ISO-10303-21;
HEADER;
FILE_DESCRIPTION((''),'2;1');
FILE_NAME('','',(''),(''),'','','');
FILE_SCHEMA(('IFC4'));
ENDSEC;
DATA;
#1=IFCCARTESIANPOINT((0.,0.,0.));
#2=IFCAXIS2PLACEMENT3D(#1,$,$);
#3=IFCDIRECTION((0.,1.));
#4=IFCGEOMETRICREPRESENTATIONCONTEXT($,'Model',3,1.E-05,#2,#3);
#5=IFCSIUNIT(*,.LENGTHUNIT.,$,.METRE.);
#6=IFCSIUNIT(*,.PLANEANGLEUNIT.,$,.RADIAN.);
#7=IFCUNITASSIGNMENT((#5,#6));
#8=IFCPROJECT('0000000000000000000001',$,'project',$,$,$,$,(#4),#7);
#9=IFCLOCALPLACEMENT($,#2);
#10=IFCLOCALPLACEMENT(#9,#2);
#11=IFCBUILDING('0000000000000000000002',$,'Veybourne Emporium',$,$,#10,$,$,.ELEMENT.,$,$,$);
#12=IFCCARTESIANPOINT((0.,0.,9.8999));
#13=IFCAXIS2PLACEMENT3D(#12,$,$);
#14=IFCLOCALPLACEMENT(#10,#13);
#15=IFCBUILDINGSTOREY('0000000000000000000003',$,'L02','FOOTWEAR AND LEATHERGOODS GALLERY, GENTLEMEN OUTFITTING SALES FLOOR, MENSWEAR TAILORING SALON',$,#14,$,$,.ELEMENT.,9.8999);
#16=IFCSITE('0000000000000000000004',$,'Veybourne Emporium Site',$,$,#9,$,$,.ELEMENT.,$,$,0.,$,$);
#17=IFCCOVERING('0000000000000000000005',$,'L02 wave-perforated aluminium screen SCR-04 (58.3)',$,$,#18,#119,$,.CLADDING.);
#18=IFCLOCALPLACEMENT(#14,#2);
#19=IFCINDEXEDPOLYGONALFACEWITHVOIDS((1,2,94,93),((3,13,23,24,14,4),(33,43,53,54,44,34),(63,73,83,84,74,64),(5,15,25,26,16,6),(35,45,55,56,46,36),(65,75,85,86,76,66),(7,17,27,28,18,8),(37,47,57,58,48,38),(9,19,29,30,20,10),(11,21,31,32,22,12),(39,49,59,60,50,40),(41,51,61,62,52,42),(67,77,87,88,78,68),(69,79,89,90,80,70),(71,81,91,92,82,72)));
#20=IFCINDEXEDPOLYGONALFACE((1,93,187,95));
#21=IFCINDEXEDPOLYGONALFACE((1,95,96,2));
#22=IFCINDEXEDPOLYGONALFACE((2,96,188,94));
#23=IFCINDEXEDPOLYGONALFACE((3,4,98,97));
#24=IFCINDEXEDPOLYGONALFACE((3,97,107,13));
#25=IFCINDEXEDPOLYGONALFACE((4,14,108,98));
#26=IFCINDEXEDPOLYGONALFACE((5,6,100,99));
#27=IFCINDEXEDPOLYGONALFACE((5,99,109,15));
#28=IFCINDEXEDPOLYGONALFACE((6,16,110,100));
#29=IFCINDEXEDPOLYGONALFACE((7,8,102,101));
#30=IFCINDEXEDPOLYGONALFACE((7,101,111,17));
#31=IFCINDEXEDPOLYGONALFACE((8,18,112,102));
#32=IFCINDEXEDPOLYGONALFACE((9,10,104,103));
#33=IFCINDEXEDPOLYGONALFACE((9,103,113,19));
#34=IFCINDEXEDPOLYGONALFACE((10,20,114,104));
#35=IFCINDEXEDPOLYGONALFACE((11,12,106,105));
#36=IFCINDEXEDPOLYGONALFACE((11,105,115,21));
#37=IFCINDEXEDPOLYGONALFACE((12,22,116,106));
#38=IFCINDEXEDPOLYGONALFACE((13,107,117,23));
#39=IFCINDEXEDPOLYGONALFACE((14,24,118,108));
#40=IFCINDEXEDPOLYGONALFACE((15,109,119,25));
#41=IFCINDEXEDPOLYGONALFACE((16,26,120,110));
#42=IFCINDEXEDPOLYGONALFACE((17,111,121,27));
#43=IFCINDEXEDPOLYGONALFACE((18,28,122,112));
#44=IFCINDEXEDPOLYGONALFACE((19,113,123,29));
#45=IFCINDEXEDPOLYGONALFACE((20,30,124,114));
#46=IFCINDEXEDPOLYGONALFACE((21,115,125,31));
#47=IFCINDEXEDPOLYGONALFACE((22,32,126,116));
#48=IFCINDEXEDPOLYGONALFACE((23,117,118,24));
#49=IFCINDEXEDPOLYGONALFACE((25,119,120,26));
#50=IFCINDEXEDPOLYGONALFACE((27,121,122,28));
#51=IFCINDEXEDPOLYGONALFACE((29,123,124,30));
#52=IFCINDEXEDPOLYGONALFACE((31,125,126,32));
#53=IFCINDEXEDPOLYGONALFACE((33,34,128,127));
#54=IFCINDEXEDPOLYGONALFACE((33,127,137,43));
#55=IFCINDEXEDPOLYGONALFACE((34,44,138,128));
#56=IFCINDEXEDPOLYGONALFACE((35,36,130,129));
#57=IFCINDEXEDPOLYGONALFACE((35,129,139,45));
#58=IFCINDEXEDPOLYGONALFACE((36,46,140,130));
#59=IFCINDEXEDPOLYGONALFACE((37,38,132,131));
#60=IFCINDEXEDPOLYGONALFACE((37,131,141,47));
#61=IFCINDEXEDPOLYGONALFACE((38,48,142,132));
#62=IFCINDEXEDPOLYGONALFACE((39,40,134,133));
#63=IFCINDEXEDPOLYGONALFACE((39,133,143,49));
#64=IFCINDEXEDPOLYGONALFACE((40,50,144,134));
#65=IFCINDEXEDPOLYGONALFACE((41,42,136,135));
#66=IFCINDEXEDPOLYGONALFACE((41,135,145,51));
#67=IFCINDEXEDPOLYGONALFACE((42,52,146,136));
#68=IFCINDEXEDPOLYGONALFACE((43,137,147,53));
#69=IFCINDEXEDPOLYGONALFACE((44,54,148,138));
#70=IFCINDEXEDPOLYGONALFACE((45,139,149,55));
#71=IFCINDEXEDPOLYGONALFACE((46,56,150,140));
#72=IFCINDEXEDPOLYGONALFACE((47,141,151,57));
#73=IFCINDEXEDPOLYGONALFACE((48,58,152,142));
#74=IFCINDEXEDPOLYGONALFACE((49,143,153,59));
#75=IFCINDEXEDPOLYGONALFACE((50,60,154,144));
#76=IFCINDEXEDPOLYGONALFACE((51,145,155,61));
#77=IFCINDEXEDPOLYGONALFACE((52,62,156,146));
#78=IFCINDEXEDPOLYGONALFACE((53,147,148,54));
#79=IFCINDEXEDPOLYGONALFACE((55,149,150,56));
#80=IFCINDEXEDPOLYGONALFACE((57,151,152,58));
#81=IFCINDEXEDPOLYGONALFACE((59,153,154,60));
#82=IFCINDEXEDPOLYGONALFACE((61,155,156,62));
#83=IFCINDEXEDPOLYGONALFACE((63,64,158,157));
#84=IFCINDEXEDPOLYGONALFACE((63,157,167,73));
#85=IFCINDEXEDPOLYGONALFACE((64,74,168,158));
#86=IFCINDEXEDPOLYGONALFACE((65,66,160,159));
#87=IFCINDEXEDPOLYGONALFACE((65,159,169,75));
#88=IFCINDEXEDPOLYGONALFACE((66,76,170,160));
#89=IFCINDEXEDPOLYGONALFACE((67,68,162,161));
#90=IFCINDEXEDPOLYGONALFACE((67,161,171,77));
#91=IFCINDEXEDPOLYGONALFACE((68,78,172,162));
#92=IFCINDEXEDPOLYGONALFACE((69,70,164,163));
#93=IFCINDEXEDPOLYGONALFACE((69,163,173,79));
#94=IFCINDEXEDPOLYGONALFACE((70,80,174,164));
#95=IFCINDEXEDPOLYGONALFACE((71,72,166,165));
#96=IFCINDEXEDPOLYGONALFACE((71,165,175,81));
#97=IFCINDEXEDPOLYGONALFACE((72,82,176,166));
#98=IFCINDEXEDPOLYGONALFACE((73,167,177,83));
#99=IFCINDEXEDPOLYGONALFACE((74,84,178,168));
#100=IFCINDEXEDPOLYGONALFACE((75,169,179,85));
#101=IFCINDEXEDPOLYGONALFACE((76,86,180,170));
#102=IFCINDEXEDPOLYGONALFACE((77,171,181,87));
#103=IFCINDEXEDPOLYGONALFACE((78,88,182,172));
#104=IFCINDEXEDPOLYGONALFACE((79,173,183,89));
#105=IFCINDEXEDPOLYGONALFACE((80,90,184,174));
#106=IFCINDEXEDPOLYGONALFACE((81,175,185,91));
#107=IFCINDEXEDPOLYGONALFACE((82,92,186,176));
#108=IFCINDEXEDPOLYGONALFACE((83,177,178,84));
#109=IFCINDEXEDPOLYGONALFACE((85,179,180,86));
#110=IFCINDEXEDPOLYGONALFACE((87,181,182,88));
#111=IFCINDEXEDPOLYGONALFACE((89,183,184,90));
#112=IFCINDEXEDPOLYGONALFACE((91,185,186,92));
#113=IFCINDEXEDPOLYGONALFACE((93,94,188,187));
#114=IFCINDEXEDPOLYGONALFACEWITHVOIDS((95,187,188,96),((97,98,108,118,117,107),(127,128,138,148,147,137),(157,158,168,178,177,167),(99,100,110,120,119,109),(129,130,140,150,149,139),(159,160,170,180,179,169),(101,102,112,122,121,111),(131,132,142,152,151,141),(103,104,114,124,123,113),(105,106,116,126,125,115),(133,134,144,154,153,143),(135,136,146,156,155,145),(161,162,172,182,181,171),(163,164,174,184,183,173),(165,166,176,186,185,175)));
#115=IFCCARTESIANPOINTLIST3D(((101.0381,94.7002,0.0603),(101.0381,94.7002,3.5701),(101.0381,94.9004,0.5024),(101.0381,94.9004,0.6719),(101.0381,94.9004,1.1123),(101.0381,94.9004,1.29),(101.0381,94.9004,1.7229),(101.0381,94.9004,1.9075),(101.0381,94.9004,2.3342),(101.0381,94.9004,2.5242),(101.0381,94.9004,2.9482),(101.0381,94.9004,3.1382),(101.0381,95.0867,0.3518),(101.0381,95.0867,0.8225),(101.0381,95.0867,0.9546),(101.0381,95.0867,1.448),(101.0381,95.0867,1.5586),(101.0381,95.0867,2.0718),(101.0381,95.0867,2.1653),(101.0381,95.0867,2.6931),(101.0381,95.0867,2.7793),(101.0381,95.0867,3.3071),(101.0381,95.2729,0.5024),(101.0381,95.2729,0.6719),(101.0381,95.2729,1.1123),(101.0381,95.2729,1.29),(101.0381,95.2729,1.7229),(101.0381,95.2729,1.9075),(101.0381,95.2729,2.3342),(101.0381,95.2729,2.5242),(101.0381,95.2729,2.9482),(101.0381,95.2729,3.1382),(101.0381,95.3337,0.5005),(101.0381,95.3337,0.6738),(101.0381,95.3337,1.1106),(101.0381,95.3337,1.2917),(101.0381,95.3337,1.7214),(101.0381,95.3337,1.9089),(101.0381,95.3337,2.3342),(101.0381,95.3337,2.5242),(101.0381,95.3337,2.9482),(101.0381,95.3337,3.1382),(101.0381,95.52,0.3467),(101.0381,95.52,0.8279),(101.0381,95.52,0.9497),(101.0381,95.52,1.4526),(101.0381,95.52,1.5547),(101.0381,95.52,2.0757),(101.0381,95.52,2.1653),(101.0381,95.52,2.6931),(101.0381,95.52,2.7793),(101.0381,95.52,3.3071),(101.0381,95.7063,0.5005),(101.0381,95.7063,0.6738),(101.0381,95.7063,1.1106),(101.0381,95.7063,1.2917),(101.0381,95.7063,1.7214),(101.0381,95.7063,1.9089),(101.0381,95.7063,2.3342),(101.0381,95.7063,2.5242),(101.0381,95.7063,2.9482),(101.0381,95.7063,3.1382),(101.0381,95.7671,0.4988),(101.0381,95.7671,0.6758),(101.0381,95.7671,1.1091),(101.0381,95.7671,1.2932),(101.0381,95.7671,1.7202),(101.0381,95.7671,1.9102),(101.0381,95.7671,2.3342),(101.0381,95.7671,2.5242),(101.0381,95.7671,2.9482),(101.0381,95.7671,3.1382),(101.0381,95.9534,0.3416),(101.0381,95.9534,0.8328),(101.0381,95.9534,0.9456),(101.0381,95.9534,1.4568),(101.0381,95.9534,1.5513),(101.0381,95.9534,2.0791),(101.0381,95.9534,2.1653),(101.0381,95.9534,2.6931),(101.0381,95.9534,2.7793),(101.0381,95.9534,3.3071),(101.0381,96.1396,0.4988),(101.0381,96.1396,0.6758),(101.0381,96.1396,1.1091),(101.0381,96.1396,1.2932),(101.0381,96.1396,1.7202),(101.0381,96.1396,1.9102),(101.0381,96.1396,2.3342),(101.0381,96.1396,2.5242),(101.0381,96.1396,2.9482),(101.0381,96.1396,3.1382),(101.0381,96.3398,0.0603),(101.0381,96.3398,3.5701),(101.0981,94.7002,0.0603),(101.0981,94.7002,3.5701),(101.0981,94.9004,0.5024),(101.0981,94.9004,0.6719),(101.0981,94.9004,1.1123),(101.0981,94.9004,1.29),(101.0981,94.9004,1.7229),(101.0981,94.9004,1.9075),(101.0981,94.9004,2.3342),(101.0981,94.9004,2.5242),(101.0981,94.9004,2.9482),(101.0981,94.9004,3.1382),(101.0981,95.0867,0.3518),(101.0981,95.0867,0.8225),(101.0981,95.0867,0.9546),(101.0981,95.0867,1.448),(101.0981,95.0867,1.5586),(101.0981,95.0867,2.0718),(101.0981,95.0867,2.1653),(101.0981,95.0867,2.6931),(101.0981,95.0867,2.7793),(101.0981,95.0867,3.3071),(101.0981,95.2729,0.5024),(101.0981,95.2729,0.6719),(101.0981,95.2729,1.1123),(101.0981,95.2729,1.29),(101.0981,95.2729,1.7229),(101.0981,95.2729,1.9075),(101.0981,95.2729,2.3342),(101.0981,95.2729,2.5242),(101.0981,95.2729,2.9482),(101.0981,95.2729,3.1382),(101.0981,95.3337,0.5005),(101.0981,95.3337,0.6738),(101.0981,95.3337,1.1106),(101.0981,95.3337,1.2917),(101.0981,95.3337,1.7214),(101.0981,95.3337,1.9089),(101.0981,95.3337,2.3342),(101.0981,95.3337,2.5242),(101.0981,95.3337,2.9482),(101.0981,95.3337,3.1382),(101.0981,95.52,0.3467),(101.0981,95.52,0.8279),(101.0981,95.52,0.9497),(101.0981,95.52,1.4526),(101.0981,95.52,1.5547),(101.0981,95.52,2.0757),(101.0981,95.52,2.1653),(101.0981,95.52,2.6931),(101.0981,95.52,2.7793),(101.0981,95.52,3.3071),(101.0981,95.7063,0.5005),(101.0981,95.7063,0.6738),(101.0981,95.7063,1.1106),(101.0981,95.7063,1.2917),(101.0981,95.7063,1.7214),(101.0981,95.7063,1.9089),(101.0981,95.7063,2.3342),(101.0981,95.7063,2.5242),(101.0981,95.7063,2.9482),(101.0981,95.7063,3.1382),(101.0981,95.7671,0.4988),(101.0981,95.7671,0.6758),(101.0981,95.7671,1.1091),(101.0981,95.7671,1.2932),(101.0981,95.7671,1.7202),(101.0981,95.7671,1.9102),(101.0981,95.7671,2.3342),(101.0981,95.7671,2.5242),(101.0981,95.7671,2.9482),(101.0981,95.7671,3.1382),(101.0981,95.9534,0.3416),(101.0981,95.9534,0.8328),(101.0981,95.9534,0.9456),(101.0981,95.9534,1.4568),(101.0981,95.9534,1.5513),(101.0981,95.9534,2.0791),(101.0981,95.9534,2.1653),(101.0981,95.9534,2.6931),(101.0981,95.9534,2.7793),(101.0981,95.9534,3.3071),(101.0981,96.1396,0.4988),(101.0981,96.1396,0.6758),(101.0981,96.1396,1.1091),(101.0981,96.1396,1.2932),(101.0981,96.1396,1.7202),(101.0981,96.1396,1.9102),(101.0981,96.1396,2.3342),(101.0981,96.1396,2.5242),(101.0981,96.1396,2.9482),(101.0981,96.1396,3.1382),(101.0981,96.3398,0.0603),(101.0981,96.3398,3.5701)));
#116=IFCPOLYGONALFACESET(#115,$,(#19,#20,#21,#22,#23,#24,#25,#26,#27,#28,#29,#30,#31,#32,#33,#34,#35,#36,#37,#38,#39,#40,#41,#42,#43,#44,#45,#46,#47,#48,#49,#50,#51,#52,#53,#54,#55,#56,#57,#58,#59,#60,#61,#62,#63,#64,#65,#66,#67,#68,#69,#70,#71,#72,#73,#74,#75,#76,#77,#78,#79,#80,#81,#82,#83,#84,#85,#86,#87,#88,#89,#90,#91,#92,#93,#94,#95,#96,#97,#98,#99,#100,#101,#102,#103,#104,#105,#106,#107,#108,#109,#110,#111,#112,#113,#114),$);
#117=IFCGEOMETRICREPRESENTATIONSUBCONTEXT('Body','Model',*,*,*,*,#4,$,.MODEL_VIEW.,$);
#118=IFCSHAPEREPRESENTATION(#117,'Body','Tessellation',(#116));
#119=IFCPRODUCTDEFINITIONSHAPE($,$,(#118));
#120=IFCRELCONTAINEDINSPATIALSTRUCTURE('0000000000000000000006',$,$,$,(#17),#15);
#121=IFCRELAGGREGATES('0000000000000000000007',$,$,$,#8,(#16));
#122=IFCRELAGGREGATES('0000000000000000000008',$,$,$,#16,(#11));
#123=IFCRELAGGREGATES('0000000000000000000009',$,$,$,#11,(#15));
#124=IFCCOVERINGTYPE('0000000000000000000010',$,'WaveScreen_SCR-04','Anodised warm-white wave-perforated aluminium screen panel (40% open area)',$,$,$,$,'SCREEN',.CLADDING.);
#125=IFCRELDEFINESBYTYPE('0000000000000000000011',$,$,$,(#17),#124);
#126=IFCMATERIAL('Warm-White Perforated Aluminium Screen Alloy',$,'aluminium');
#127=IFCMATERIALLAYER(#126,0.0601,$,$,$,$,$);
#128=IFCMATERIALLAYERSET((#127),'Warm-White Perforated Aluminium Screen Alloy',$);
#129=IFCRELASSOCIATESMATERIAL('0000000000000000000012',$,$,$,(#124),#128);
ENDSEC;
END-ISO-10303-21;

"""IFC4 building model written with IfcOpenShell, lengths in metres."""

from ifc_helpers import new_model, si_unit, direction, frame, origin, place, context, subcontext, project, spatial, polyline, outline, extrude, material, layer, layer_set, type_object, element, save


model = new_model("IFC4")

# Units and contexts
model_context = context("Model", 3, precision=1e-05, world=origin(), true_north=direction((0.0, 1.0)))
body_context = subcontext(model_context, "Body", "Model", "MODEL_VIEW")
ifc_project = project(units=[si_unit("LENGTHUNIT", "METRE"), si_unit("PLANEANGLEUNIT", "RADIAN")], contexts=[model_context])

# Site, building, storey
site_placement = place(None, origin())
site = spatial("IfcSite", under=ifc_project, at=site_placement, Name="Veybourne Emporium Site", CompositionType="ELEMENT", RefElevation=0.0)
building_placement = place(site_placement, origin())
building = spatial("IfcBuilding", under=site, at=building_placement, Name="Veybourne Emporium", CompositionType="ELEMENT")
storey_placement = place(building_placement, frame((0.0, 0.0, 9.8999)))
storey = spatial("IfcBuildingStorey", under=building, at=storey_placement, Name="L02", Description="FOOTWEAR AND LEATHERGOODS GALLERY, GENTLEMEN OUTFITTING SALES FLOOR, MENSWEAR TAILORING SALON", CompositionType="ELEMENT", Elevation=9.8999)

# Covering
ifc_material_1 = material(Name="Warm-White Perforated Aluminium Screen Alloy", Category="aluminium")
ifc_layer_1 = layer(ifc_material_1, 0.0601)
ifc_layer_set_1 = layer_set([ifc_layer_1], Name="Warm-White Perforated Aluminium Screen Alloy")
covering_type_1 = type_object("IfcCoveringType", Name="WaveScreen_SCR-04", Description="Anodised warm-white wave-perforated aluminium screen panel (40% open area)", ElementType="SCREEN", PredefinedType="CLADDING", material=ifc_layer_set_1)
covering_1_placement = place(storey_placement, frame((101.0981, 95.52, 1.8152), z_axis=(-1.0, 0.0, 0.0), x_axis=(0.0, -1.0, 0.0)))
element("IfcCovering", 1, at=covering_1_placement, inside=storey, type_object=covering_type_1, Name="L02 wave-perforated aluminium screen SCR-04 (58.3)", PredefinedType="CLADDING", context=body_context, shape_type="SweptSolid", body=[
    extrude(outline(polyline([(-0.8198, -1.7549), (0.8198, -1.7549), (0.8198, 1.7549), (-0.8198, 1.7549), (-0.8198, -1.7549)]), holes=[polyline([(-0.4333, -0.9824), (-0.2471, -1.1394), (-0.2471, -1.3164), (-0.4333, -1.4736), (-0.6196, -1.3164), (-0.6196, -1.1394), (-0.4333, -0.9824)]), polyline([(-0.4333, -0.3584), (-0.2471, -0.522), (-0.2471, -0.7061), (-0.4333, -0.8696), (-0.6196, -0.7061), (-0.6196, -0.522), (-0.4333, -0.3584)]), polyline([(-0.4333, 0.2639), (-0.2471, 0.095), (-0.2471, -0.095), (-0.4333, -0.2639), (-0.6196, -0.095), (-0.6196, 0.095), (-0.4333, 0.2639)]), polyline([(-0.4333, 0.8779), (-0.2471, 0.709), (-0.2471, 0.519), (-0.4333, 0.3501), (-0.6196, 0.519), (-0.6196, 0.709), (-0.4333, 0.8779)]), polyline([(-0.4333, 1.4919), (-0.2471, 1.323), (-0.2471, 1.1331), (-0.4333, 0.9641), (-0.6196, 1.1331), (-0.6196, 1.323), (-0.4333, 1.4919)]), polyline([(0.0, -0.9873), (0.1863, -1.1414), (0.1863, -1.3147), (0.0, -1.4685), (-0.1863, -1.3147), (-0.1863, -1.1414), (0.0, -0.9873)]), polyline([(0.0, -0.3625), (0.1863, -0.5234), (0.1863, -0.7046), (0.0, -0.8655), (-0.1863, -0.7046), (-0.1863, -0.5234), (0.0, -0.3625)]), polyline([(0.0, 0.2605), (0.1863, 0.0938), (0.1863, -0.0938), (0.0, -0.2605), (-0.1863, -0.0938), (-0.1863, 0.0938), (0.0, 0.2605)]), polyline([(0.0, 0.8779), (0.1863, 0.709), (0.1863, 0.519), (0.0, 0.3501), (-0.1863, 0.519), (-0.1863, 0.709), (0.0, 0.8779)]), polyline([(0.0, 1.4919), (0.1863, 1.323), (0.1863, 1.1331), (0.0, 0.9641), (-0.1863, 1.1331), (-0.1863, 1.323), (0.0, 1.4919)]), polyline([(0.4333, -0.9927), (0.6196, -1.1433), (0.6196, -1.3127), (0.4333, -1.4634), (0.2471, -1.3127), (0.2471, -1.1433), (0.4333, -0.9927)]), polyline([(0.4333, -0.3672), (0.6196, -0.5251), (0.6196, -0.7029), (0.4333, -0.8606), (0.2471, -0.7029), (0.2471, -0.5251), (0.4333, -0.3672)]), polyline([(0.4333, 0.2566), (0.6196, 0.0923), (0.6196, -0.0923), (0.4333, -0.2566), (0.2471, -0.0923), (0.2471, 0.0923), (0.4333, 0.2566)]), polyline([(0.4333, 0.8779), (0.6196, 0.709), (0.6196, 0.519), (0.4333, 0.3501), (0.2471, 0.519), (0.2471, 0.709), (0.4333, 0.8779)]), polyline([(0.4333, 1.4919), (0.6196, 1.323), (0.6196, 1.1331), (0.4333, 0.9641), (0.2471, 1.1331), (0.2471, 1.323), (0.4333, 1.4919)])]), origin(), (0.0, 0.0, 1.0), 0.0601),
])

save(model, "model.ifc")
